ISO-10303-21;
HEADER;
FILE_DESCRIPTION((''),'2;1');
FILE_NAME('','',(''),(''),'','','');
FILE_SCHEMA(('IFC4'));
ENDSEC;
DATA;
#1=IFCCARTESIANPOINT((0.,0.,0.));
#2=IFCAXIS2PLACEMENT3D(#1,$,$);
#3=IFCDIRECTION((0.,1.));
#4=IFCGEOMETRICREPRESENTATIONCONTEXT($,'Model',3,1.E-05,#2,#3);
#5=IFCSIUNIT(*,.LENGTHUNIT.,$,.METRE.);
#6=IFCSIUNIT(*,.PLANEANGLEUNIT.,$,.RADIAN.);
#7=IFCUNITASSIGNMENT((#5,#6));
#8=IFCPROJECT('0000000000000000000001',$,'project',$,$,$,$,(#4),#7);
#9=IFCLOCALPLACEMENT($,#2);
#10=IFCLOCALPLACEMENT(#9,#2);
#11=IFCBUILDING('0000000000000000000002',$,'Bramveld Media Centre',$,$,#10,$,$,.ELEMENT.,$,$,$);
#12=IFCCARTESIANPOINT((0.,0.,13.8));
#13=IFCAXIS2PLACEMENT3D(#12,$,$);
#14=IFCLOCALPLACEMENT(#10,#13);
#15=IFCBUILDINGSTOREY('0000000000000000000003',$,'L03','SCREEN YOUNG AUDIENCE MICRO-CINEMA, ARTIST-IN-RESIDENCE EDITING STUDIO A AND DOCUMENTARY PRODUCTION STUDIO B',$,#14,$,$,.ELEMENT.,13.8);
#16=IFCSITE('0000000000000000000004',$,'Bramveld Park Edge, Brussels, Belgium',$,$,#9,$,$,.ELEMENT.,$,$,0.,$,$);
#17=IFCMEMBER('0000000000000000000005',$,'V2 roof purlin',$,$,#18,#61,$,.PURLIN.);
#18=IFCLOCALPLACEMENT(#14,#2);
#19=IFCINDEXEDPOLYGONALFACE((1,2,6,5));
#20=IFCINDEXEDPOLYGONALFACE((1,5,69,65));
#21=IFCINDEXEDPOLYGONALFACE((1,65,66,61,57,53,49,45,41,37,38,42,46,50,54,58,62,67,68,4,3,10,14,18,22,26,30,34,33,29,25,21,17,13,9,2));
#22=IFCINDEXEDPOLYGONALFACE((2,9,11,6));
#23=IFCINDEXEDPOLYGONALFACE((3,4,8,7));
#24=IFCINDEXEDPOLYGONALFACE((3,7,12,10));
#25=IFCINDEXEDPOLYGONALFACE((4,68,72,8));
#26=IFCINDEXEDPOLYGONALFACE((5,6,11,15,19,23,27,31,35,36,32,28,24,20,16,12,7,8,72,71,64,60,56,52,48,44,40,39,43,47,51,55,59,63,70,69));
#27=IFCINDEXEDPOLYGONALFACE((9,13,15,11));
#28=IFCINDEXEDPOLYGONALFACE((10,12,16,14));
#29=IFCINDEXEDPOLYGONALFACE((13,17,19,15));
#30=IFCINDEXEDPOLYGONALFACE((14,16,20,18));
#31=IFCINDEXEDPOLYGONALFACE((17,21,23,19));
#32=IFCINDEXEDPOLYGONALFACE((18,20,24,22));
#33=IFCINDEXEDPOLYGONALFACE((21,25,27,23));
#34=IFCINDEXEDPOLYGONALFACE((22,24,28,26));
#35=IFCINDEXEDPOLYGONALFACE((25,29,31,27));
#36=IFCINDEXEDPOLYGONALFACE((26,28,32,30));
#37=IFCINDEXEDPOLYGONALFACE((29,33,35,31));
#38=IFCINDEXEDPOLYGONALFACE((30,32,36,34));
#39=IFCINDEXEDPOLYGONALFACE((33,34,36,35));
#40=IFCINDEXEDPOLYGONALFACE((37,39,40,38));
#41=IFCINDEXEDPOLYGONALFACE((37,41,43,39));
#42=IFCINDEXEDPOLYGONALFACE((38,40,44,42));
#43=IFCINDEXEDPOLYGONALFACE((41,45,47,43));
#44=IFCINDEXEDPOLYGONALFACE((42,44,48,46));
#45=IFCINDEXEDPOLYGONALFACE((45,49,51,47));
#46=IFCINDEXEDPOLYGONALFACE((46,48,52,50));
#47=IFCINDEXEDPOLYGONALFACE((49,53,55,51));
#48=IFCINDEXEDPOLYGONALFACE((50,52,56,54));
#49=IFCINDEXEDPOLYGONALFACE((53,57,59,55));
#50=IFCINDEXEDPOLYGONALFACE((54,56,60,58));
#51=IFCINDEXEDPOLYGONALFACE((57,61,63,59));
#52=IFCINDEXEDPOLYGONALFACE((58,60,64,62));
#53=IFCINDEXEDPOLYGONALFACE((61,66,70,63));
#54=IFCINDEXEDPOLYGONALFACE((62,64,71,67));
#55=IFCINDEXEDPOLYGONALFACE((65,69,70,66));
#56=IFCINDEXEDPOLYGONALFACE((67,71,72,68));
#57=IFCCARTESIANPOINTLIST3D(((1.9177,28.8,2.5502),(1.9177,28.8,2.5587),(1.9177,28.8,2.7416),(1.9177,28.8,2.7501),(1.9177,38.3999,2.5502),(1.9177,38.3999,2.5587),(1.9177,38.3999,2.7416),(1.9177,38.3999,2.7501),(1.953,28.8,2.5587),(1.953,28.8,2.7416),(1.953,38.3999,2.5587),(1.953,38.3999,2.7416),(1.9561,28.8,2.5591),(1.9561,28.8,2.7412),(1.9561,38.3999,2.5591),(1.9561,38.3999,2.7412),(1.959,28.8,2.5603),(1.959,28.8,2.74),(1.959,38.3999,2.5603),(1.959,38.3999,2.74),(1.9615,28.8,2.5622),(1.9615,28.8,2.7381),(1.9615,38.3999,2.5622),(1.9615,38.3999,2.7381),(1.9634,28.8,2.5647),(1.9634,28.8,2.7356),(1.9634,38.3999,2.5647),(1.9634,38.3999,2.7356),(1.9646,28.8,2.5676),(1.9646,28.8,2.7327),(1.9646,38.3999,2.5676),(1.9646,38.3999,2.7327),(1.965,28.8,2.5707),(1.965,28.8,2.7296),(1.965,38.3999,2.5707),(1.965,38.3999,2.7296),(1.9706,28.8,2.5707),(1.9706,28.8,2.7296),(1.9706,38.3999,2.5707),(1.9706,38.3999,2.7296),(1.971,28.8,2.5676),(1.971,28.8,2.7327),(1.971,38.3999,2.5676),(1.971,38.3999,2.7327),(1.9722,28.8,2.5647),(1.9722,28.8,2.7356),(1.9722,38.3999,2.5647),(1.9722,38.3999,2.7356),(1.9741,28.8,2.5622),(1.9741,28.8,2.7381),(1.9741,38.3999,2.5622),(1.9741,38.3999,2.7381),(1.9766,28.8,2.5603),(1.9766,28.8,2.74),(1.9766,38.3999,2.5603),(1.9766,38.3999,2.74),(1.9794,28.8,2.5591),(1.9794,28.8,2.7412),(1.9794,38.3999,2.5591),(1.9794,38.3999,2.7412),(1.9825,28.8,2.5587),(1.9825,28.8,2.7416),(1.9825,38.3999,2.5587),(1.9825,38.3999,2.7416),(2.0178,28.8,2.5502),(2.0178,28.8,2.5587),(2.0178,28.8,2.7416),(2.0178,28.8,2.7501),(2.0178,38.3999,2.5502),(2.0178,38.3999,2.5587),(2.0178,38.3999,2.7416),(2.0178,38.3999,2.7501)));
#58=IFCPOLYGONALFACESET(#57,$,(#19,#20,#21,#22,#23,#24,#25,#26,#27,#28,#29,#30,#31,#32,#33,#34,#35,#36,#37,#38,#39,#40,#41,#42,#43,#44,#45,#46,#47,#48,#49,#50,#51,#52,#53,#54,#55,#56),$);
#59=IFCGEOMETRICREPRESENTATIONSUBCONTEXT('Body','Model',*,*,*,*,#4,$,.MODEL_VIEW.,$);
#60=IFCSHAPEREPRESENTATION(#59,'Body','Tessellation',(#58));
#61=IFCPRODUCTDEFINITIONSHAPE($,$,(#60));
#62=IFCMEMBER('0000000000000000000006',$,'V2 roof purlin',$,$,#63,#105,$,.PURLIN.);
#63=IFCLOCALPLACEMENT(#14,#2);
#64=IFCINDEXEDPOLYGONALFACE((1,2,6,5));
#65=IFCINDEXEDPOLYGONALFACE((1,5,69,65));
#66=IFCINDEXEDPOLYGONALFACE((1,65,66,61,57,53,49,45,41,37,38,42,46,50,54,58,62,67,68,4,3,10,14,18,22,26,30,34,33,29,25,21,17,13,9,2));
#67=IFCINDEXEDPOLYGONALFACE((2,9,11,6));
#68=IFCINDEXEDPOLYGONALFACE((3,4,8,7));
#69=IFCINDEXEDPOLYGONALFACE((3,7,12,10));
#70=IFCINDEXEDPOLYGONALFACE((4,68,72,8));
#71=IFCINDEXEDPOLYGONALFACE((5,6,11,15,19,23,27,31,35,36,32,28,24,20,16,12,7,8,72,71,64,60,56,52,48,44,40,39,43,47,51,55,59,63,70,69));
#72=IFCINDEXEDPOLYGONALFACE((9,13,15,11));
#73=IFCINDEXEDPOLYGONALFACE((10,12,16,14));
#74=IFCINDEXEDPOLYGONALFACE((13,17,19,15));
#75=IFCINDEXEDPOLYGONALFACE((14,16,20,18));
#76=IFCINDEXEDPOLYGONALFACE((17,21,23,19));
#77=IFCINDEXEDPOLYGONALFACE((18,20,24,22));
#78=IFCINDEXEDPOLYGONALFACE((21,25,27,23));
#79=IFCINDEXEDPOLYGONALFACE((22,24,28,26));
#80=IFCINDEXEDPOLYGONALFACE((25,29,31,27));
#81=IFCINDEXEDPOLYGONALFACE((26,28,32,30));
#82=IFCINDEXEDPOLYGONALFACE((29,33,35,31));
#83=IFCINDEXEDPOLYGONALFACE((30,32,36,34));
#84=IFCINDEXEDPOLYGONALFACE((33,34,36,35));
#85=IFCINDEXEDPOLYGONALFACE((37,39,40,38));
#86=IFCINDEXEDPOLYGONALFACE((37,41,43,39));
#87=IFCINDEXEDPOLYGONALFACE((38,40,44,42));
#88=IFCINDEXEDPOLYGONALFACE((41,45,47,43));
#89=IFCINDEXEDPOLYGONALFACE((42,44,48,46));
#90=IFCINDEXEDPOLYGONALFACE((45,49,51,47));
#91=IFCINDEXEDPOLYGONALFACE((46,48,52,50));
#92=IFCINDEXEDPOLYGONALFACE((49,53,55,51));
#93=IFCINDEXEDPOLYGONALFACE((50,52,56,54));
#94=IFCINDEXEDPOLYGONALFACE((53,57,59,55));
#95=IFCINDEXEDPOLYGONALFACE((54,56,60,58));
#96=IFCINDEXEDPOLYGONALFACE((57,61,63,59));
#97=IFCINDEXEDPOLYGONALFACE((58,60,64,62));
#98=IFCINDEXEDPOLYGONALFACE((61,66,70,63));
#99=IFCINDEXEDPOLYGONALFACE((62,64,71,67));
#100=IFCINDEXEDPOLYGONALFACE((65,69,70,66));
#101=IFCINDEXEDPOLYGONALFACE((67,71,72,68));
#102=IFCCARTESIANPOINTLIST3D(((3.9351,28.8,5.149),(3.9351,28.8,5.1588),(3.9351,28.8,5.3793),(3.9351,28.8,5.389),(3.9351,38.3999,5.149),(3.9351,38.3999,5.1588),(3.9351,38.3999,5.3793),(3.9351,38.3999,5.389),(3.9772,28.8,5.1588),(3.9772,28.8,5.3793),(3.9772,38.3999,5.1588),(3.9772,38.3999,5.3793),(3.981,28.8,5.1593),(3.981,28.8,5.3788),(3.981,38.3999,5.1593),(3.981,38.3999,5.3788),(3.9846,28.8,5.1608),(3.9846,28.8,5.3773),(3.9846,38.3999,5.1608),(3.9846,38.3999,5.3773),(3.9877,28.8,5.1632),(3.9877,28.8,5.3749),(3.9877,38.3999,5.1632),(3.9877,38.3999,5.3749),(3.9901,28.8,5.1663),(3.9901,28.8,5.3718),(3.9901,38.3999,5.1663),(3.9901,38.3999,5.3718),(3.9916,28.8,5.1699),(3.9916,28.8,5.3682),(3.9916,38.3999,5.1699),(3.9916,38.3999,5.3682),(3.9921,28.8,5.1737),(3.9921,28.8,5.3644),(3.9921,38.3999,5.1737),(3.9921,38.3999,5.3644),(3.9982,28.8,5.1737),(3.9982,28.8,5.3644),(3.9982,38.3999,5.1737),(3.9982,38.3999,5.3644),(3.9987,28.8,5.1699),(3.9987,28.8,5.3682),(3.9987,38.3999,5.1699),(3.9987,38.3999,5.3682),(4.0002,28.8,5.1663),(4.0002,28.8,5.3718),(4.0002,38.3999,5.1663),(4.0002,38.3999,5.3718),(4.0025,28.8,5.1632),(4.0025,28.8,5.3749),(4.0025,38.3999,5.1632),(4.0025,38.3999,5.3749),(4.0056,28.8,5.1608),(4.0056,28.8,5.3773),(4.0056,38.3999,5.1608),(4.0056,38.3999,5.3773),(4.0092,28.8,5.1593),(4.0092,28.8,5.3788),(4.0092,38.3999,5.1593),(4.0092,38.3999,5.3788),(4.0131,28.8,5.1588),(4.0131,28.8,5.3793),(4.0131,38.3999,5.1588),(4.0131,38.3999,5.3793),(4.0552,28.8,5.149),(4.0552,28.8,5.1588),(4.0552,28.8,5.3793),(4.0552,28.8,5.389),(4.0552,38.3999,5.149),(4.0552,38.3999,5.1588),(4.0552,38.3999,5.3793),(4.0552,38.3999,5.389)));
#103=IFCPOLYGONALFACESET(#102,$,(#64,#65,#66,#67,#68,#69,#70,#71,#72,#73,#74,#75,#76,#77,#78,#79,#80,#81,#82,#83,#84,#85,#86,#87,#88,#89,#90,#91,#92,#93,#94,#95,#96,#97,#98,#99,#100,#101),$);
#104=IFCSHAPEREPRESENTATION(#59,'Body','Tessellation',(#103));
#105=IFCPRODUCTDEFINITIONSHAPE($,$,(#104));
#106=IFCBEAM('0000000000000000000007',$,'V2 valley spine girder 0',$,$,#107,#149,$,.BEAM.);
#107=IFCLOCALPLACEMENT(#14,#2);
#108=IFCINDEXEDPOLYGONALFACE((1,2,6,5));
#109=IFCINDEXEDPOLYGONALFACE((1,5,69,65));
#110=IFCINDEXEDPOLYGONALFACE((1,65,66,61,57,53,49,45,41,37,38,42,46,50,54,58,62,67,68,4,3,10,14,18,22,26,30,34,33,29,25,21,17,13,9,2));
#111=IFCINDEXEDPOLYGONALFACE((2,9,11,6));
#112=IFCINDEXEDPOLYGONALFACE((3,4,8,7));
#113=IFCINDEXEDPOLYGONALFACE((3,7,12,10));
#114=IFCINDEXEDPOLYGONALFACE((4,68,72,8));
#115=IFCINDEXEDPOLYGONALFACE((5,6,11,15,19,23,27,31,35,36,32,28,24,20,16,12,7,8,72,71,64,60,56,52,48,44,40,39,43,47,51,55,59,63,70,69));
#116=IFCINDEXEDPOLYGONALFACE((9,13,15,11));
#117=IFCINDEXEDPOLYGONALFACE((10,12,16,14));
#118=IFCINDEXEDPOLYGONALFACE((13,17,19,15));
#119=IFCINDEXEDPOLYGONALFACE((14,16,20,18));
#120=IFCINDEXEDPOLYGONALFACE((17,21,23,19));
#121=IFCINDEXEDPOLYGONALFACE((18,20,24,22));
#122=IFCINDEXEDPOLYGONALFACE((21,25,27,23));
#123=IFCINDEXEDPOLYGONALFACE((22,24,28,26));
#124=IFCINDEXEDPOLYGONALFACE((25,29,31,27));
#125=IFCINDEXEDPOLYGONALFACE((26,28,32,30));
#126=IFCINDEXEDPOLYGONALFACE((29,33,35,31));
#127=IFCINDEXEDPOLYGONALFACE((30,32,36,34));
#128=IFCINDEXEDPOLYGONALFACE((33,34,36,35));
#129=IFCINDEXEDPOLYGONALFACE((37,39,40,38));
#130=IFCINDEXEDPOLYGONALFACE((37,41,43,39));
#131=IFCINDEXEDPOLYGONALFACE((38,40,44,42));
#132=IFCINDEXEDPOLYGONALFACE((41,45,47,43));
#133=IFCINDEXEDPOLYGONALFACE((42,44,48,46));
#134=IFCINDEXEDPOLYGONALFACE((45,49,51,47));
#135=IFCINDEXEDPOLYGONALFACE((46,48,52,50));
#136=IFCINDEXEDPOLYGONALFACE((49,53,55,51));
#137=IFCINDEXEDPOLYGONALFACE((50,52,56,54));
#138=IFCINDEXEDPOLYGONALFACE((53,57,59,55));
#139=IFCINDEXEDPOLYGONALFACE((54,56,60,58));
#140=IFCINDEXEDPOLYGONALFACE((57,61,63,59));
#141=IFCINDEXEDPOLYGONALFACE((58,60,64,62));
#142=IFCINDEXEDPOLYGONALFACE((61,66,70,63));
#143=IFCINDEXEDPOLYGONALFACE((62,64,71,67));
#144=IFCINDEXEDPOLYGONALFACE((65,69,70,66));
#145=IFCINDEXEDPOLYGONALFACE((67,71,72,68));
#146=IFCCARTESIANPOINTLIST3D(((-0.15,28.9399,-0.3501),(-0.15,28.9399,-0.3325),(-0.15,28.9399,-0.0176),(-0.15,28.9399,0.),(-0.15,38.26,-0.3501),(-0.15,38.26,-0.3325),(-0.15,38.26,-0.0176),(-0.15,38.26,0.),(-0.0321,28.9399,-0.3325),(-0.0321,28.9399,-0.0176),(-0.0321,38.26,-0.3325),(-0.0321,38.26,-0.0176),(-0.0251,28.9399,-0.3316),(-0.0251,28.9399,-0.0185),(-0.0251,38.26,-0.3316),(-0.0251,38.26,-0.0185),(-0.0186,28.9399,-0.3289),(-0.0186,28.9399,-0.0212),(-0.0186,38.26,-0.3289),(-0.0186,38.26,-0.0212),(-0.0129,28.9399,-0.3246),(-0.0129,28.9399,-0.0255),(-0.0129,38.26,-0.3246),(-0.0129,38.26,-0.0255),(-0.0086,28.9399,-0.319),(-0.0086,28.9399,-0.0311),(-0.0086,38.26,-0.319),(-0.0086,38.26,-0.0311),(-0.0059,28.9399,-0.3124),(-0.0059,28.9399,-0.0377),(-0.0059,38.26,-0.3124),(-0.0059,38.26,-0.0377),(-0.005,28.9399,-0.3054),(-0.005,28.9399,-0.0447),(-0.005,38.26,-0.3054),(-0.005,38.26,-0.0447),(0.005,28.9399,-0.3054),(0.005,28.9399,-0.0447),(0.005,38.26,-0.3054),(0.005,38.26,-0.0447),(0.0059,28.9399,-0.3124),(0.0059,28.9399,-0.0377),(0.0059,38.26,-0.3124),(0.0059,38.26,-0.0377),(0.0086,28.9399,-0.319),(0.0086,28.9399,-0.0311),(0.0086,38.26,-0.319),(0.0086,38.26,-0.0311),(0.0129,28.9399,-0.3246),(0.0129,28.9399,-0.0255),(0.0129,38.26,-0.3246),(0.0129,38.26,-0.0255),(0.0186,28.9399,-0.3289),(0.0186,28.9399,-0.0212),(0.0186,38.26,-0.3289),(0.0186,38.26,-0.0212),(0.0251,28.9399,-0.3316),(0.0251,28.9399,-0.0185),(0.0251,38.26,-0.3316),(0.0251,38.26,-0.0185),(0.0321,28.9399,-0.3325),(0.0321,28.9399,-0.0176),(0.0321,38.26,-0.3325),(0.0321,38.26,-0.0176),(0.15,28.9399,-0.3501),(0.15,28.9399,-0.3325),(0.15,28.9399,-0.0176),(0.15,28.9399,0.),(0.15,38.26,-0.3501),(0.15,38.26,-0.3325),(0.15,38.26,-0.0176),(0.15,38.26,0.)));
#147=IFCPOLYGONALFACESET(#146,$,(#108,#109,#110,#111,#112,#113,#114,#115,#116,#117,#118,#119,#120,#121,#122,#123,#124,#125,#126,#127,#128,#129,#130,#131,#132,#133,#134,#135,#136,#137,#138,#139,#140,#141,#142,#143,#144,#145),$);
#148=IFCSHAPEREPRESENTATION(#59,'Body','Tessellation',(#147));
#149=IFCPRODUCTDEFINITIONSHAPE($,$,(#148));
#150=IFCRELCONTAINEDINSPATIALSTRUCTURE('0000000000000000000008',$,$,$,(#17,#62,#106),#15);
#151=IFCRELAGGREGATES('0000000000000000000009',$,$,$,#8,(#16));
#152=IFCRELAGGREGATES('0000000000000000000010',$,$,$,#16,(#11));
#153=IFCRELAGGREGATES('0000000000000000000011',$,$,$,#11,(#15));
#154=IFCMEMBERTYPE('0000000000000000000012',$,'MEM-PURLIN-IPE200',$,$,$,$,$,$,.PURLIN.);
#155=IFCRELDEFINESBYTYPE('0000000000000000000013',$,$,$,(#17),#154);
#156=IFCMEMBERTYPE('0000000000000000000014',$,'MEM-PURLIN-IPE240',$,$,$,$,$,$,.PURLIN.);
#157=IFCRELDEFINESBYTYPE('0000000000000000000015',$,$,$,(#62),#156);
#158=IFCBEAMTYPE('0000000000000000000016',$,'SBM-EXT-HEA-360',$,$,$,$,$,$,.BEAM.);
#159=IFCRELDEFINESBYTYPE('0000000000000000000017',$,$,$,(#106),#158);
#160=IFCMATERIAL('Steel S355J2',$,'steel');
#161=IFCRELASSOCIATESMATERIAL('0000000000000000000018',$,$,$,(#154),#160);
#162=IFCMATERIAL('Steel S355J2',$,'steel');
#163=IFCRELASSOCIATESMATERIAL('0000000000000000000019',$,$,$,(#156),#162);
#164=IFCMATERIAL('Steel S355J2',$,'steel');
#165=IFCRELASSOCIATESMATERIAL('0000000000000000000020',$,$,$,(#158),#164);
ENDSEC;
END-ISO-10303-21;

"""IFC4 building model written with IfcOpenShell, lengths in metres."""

from ifc_helpers import new_model, si_unit, direction, frame, origin, origin_2d, place, context, subcontext, project, spatial, i_section, extrude, material, material_profile, profile_set, type_object, element, save


model = new_model("IFC4")

# Units and contexts
model_context = context("Model", 3, precision=1e-05, world=origin(), true_north=direction((0.0, 1.0)))
body_context = subcontext(model_context, "Body", "Model", "MODEL_VIEW")
ifc_project = project(units=[si_unit("LENGTHUNIT", "METRE"), si_unit("PLANEANGLEUNIT", "RADIAN")], contexts=[model_context])

# Site, building, storey
site_placement = place(None, origin())
site = spatial("IfcSite", under=ifc_project, at=site_placement, Name="Bramveld Park Edge, Brussels, Belgium", CompositionType="ELEMENT", RefElevation=0.0)
building_placement = place(site_placement, origin())
building = spatial("IfcBuilding", under=site, at=building_placement, Name="Bramveld Media Centre", CompositionType="ELEMENT")
storey_placement = place(building_placement, frame((0.0, 0.0, 13.8)))
storey = spatial("IfcBuildingStorey", under=building, at=storey_placement, Name="L03", Description="SCREEN YOUNG AUDIENCE MICRO-CINEMA, ARTIST-IN-RESIDENCE EDITING STUDIO A AND DOCUMENTARY PRODUCTION STUDIO B", CompositionType="ELEMENT", Elevation=13.8)

# Members
ifc_material_1 = material(Name="Steel S355J2", Category="steel")
ifc_material_profile_1 = material_profile(ifc_material_1, i_section(OverallWidth=0.1001, OverallDepth=0.2, WebThickness=0.0056, FlangeThickness=0.0085, FilletRadius=0.012, at=origin_2d()), Name="IPE 200")
ifc_profile_set_1 = profile_set([ifc_material_profile_1], Name="Steel S355J2")
member_type_1 = type_object("IfcMemberType", Name="MEM-PURLIN-IPE200", PredefinedType="PURLIN", material=ifc_profile_set_1)
member_1_placement = place(storey_placement, frame((1.9678, 28.8, 2.6501), z_axis=(0.0, 1.0, 0.0), x_axis=(-1.0, 0.0, 0.0)))
element("IfcMember", 1, at=member_1_placement, inside=storey, type_object=member_type_1, Name="V2 roof purlin", PredefinedType="PURLIN", context=body_context, shape_type="SweptSolid", body=[
    extrude(i_section(OverallWidth=0.1001, OverallDepth=0.2, WebThickness=0.0056, FlangeThickness=0.0085, FilletRadius=0.012, at=origin_2d()), origin(), (0.0, 0.0, 1.0), 9.5999),
])
ifc_material_2 = material(Name="Steel S355J2", Category="steel")
ifc_material_profile_2 = material_profile(ifc_material_2, i_section(OverallWidth=0.1201, OverallDepth=0.24, WebThickness=0.0061, FlangeThickness=0.0098, FilletRadius=0.0149, at=origin_2d()), Name="IPE 240")
ifc_profile_set_2 = profile_set([ifc_material_profile_2], Name="Steel S355J2")
member_type_2 = type_object("IfcMemberType", Name="MEM-PURLIN-IPE240", PredefinedType="PURLIN", material=ifc_profile_set_2)
member_2_placement = place(storey_placement, frame((3.9951, 28.8, 5.269), z_axis=(0.0, 1.0, 0.0), x_axis=(-1.0, 0.0, 0.0)))
element("IfcMember", 2, at=member_2_placement, inside=storey, type_object=member_type_2, Name="V2 roof purlin", PredefinedType="PURLIN", context=body_context, shape_type="SweptSolid", body=[
    extrude(i_section(OverallWidth=0.1201, OverallDepth=0.24, WebThickness=0.0061, FlangeThickness=0.0098, FilletRadius=0.0149, at=origin_2d()), origin(), (0.0, 0.0, 1.0), 9.5999),
])

# Beam
ifc_material_3 = material(Name="Steel S355J2", Category="steel")
ifc_material_profile_3 = material_profile(ifc_material_3, i_section(OverallWidth=0.3, OverallDepth=0.3501, WebThickness=0.01, FlangeThickness=0.0176, FilletRadius=0.0271, at=origin_2d()), Name="HEA 360")
ifc_profile_set_3 = profile_set([ifc_material_profile_3], Name="Steel S355J2")
beam_type_1 = type_object("IfcBeamType", Name="SBM-EXT-HEA-360", PredefinedType="BEAM", material=ifc_profile_set_3)
beam_1_placement = place(storey_placement, frame((0.0, 28.9399, -0.175), z_axis=(0.0, 1.0, 0.0), x_axis=(-1.0, 0.0, 0.0)))
element("IfcBeam", 3, at=beam_1_placement, inside=storey, type_object=beam_type_1, Name="V2 valley spine girder 0", PredefinedType="BEAM", context=body_context, shape_type="SweptSolid", body=[
    extrude(i_section(OverallWidth=0.3, OverallDepth=0.3501, WebThickness=0.01, FlangeThickness=0.0176, FilletRadius=0.0271, at=origin_2d()), origin(), (0.0, 0.0, 1.0), 9.3201),
])

save(model, "model.ifc")
